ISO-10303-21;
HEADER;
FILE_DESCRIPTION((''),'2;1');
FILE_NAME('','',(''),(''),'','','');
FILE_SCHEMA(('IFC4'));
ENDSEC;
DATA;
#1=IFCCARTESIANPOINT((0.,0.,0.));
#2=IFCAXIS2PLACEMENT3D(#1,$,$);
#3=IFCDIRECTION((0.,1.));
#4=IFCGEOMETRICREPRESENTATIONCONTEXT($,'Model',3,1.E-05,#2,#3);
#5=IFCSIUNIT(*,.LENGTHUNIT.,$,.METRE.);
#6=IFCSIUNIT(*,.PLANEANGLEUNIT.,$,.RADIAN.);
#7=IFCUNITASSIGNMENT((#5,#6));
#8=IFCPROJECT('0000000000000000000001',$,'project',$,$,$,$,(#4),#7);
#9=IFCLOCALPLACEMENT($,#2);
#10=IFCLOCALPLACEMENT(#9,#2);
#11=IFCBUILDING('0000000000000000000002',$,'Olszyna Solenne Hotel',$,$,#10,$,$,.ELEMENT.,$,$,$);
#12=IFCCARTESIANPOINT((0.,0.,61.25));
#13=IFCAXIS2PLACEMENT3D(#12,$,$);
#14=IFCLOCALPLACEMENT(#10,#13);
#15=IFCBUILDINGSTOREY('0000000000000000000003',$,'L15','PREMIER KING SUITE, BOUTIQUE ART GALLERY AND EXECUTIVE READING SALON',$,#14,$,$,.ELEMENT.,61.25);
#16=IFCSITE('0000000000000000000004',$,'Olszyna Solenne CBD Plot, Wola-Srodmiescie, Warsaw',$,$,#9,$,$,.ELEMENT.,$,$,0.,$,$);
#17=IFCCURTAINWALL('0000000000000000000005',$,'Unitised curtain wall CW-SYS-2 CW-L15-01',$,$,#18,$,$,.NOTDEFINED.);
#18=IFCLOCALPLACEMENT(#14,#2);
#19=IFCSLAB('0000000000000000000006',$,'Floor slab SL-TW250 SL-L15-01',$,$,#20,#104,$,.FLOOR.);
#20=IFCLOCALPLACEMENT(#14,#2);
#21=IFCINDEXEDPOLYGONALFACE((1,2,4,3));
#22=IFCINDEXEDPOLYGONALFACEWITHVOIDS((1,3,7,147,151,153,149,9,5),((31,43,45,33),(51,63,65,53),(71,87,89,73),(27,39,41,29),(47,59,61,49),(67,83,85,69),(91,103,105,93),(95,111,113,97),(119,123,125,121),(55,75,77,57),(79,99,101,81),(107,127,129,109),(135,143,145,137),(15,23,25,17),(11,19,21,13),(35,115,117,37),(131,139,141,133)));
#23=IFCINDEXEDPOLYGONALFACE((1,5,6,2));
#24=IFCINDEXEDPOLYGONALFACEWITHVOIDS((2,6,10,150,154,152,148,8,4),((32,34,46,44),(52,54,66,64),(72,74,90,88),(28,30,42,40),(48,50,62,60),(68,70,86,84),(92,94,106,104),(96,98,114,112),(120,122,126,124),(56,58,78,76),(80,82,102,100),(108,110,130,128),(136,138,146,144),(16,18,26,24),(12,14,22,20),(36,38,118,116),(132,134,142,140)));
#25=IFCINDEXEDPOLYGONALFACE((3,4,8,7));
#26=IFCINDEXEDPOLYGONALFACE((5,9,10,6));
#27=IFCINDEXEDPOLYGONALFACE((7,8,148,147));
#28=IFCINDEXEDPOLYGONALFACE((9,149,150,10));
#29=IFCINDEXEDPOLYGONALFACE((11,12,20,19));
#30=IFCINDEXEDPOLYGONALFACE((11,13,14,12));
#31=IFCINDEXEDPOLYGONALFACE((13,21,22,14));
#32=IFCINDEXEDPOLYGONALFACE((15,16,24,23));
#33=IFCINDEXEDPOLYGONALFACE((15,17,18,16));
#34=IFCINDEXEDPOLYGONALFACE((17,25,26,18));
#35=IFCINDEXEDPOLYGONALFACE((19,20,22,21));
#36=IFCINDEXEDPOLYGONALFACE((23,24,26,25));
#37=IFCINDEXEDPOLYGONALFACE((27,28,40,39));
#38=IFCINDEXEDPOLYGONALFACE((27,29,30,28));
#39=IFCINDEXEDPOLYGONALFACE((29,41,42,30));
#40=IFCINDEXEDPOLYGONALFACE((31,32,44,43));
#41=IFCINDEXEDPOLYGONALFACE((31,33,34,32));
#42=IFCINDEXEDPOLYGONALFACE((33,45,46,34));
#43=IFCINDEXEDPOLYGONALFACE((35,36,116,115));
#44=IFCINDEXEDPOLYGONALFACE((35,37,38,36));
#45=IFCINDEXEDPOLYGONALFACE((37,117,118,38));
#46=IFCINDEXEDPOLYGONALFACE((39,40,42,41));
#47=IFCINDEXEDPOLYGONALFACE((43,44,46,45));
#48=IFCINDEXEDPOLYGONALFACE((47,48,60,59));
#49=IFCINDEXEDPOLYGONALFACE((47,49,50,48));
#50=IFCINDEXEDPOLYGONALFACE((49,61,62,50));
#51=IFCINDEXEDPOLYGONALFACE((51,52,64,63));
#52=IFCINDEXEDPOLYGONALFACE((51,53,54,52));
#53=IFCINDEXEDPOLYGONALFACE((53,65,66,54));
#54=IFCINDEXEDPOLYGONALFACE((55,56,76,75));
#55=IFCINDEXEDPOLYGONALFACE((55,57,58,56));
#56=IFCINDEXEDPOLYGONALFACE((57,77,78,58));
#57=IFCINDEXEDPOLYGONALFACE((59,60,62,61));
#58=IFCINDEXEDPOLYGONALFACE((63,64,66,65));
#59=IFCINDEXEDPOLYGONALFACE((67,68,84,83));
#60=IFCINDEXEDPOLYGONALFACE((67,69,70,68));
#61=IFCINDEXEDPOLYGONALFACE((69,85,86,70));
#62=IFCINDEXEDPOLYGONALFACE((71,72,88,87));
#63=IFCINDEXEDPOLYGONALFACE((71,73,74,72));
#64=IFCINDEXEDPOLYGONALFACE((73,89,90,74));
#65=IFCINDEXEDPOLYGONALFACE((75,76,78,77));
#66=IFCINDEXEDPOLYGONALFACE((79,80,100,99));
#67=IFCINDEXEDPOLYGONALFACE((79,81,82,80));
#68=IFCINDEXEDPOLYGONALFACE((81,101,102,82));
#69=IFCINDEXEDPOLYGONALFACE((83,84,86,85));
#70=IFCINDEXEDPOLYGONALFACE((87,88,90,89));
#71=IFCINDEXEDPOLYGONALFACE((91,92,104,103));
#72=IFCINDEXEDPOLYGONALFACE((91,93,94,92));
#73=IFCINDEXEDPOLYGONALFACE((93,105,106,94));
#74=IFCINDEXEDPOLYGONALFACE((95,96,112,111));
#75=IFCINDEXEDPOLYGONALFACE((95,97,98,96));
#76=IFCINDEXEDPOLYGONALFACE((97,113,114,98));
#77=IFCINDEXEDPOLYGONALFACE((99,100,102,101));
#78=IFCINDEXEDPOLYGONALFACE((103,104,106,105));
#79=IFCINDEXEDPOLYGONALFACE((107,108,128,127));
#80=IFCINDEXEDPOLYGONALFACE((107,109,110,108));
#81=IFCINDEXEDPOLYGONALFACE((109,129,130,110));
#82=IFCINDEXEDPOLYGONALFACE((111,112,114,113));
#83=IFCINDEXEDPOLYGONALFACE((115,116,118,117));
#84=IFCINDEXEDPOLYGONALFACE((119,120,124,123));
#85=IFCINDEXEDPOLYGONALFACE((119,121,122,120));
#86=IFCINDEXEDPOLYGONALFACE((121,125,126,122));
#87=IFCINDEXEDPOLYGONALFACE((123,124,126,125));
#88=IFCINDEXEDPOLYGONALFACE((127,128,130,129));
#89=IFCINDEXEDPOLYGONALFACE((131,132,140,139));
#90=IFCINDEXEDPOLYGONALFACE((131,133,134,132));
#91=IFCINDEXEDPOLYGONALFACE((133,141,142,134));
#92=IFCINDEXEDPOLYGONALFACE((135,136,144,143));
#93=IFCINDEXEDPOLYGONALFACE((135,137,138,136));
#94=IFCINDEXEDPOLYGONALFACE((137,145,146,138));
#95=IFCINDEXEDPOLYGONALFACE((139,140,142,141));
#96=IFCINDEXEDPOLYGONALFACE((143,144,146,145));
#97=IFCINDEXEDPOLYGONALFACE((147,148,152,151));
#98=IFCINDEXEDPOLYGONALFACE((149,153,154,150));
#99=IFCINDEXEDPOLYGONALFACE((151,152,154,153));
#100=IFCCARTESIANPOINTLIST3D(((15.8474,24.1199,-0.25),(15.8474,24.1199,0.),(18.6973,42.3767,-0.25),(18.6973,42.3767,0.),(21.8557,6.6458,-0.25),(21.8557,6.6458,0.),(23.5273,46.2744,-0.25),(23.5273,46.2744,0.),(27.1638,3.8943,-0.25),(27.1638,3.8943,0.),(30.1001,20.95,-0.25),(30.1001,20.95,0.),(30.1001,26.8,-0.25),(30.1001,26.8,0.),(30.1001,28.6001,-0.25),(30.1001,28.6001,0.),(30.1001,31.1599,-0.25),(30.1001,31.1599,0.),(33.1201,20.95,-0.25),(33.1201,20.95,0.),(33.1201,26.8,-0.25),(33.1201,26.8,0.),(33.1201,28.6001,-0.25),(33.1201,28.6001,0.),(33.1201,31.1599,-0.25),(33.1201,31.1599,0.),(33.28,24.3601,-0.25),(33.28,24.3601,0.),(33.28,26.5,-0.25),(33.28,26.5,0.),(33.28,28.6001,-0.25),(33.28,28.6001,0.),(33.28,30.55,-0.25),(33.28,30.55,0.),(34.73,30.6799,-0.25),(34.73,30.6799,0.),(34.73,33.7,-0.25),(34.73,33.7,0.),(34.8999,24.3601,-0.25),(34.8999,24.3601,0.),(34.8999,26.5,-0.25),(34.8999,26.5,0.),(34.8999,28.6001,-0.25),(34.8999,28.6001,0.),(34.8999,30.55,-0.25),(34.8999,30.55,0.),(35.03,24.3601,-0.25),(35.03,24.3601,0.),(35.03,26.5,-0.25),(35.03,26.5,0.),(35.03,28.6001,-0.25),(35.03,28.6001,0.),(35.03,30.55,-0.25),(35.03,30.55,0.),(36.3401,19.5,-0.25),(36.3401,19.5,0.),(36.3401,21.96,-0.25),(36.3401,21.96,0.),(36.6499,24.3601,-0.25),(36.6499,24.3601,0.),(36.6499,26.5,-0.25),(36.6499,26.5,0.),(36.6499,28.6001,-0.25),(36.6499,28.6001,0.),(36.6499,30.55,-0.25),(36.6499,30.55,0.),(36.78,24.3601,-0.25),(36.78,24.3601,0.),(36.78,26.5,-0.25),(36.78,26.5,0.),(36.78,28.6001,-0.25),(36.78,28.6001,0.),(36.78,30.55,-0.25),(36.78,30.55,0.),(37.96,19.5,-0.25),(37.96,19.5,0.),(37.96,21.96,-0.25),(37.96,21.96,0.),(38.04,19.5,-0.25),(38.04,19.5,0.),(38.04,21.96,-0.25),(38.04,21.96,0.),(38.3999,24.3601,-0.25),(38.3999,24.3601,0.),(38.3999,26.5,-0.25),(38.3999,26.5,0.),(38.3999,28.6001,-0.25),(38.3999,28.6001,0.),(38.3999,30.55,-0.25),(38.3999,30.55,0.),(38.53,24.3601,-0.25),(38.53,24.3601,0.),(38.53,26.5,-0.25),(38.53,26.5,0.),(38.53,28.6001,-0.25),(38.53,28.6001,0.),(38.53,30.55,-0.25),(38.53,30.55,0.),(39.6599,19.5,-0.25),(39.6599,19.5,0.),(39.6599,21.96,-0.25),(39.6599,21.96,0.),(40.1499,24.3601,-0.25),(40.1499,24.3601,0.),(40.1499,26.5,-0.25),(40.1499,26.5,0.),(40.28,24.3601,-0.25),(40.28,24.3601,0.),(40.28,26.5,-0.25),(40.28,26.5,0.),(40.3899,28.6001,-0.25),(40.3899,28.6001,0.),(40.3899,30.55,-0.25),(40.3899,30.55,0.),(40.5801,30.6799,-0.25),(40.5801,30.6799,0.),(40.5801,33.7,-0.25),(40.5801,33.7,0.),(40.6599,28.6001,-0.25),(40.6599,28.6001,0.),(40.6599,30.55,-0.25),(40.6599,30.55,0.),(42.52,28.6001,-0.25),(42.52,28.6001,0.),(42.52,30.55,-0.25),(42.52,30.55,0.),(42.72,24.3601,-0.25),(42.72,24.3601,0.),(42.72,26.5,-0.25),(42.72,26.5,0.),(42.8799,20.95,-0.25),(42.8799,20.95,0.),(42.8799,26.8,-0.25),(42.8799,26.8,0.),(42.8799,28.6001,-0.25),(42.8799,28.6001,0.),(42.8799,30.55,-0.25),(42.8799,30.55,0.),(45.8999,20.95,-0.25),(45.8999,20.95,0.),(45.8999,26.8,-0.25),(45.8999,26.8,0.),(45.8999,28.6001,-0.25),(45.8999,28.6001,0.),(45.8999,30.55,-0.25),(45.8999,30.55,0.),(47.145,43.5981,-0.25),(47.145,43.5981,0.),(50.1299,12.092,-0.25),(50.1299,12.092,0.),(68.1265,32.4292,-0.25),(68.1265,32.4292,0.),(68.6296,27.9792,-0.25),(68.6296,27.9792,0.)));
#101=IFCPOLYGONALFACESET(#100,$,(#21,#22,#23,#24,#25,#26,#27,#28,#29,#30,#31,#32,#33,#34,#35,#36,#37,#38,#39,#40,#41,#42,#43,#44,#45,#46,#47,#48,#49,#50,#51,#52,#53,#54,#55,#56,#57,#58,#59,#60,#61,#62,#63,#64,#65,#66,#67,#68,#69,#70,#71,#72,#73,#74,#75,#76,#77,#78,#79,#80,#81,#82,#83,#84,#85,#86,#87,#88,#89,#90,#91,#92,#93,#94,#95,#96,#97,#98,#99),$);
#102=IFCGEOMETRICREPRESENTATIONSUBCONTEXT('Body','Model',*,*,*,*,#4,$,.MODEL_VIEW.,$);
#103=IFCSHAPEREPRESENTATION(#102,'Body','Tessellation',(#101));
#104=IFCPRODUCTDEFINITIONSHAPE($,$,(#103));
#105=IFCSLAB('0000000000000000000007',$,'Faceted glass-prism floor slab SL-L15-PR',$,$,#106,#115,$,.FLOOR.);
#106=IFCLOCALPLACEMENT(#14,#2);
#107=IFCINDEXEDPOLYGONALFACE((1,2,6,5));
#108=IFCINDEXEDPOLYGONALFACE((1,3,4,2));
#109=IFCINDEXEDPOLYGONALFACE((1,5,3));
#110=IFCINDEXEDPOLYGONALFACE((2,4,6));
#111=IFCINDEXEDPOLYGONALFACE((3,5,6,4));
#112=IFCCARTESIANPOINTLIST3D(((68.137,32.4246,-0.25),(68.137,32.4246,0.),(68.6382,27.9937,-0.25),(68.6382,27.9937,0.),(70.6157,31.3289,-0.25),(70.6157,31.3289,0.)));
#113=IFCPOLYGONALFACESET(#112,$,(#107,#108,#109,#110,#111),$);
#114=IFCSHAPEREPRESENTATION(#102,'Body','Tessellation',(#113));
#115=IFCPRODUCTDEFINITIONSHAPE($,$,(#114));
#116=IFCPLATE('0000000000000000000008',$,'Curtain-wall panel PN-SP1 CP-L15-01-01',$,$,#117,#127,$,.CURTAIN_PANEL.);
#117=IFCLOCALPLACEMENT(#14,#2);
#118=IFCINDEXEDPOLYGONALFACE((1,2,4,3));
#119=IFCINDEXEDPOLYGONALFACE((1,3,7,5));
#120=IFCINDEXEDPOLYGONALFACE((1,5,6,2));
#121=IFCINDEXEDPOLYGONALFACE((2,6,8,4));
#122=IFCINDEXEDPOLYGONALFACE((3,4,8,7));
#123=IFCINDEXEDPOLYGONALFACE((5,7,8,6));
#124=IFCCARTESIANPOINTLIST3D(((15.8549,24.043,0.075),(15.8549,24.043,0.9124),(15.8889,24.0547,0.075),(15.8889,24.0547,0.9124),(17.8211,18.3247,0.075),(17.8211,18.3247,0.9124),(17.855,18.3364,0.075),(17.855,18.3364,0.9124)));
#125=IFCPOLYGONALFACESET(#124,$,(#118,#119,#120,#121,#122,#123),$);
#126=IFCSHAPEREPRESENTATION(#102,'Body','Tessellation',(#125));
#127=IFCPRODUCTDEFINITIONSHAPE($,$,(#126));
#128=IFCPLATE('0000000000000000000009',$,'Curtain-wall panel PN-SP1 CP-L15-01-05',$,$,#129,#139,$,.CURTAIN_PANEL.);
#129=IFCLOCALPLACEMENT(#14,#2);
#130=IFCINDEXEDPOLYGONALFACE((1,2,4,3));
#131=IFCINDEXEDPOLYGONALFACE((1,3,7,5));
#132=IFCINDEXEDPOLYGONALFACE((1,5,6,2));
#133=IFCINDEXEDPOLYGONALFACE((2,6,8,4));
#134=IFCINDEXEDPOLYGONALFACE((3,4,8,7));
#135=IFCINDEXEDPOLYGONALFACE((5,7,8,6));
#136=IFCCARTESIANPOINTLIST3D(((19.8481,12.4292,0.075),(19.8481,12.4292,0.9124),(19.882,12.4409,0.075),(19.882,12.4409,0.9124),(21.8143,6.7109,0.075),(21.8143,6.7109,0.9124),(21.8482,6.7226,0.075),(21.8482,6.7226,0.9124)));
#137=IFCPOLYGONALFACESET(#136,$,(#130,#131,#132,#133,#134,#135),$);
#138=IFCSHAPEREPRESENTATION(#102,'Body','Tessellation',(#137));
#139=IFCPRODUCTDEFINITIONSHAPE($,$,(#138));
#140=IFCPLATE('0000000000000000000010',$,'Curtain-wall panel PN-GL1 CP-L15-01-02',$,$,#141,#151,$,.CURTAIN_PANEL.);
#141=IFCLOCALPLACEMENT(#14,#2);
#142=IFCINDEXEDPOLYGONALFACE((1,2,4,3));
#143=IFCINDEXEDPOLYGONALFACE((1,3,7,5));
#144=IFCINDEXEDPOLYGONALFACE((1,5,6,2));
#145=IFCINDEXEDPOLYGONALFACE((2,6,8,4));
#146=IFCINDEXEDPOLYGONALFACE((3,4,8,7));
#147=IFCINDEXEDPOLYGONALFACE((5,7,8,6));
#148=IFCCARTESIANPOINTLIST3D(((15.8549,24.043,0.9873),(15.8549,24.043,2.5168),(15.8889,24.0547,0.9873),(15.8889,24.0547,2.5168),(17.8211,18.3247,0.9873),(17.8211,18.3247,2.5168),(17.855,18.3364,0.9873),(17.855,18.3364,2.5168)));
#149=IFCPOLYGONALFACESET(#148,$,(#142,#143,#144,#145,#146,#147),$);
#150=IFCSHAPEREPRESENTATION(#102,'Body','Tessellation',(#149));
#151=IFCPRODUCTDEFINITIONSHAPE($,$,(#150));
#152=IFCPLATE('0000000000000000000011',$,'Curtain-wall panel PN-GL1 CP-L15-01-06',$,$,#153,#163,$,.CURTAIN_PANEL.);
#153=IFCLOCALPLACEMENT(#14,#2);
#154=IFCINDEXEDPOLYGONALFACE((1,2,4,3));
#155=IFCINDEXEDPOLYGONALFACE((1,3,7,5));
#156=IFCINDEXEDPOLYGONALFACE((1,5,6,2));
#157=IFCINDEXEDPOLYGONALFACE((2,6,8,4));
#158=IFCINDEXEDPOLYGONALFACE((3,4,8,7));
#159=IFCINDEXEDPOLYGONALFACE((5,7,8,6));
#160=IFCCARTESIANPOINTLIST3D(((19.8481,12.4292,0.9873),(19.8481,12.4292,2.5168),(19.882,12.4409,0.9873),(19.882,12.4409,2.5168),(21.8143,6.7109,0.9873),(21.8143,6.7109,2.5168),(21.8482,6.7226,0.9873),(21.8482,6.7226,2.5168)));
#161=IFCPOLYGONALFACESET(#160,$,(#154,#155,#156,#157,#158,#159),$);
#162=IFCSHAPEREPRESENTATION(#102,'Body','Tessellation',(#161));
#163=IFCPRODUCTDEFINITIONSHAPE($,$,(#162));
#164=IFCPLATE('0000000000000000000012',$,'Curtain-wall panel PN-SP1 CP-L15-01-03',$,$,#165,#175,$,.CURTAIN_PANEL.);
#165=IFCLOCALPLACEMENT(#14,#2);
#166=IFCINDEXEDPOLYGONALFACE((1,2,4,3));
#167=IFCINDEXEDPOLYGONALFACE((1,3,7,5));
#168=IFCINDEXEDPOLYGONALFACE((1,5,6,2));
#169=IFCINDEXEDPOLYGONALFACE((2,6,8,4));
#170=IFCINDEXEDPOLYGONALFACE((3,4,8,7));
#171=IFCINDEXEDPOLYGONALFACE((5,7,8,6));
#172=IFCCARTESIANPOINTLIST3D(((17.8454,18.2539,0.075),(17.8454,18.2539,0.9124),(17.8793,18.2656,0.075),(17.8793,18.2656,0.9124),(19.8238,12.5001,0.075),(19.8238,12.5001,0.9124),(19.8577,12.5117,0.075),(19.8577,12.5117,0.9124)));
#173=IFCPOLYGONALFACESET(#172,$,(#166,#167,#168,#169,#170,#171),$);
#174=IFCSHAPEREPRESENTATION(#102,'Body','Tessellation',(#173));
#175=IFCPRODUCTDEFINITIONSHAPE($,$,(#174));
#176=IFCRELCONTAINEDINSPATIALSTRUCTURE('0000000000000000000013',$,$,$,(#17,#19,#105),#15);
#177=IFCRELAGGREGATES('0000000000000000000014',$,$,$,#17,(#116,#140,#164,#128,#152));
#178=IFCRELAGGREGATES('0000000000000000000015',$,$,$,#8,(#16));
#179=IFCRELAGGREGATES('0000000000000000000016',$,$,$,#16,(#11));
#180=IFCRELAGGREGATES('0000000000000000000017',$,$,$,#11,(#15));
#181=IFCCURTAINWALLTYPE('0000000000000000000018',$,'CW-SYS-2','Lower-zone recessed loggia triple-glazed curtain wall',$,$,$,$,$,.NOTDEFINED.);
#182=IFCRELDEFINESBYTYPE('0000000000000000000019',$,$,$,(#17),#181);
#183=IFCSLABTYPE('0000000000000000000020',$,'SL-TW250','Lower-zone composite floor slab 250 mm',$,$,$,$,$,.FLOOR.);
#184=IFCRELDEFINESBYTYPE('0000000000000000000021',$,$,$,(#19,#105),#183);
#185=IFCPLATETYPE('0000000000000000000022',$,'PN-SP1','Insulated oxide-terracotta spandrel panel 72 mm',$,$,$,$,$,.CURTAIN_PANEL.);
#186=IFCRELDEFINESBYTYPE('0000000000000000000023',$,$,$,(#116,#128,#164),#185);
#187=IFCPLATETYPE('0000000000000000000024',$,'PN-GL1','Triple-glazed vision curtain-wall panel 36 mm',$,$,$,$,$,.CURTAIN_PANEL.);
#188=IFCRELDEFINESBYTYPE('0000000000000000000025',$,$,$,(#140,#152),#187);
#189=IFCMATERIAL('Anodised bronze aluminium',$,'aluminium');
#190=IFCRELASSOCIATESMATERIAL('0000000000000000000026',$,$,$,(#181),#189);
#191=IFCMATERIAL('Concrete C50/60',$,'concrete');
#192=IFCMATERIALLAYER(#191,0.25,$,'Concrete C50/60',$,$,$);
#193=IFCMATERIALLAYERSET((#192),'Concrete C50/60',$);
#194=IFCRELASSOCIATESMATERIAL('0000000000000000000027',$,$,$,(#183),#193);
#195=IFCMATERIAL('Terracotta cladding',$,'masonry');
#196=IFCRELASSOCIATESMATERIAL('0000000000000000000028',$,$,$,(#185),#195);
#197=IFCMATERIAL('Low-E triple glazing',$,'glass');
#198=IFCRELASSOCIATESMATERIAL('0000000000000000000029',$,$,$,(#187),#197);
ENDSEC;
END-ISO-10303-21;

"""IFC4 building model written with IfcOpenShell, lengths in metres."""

from ifc_helpers import new_model, si_unit, direction, frame, origin, origin_2d, place, context, subcontext, project, spatial, polyline, rectangle, outline, extrude, source, transform, mapped, material, layer, layer_set, type_object, element, aggregate, save


model = new_model("IFC4")

# Units and contexts
model_context = context("Model", 3, precision=1e-05, world=origin(), true_north=direction((0.0, 1.0)))
body_context = subcontext(model_context, "Body", "Model", "MODEL_VIEW")
ifc_project = project(units=[si_unit("LENGTHUNIT", "METRE"), si_unit("PLANEANGLEUNIT", "RADIAN")], contexts=[model_context])

# Site, building, storey
site_placement = place(None, origin())
site = spatial("IfcSite", under=ifc_project, at=site_placement, Name="Olszyna Solenne CBD Plot, Wola-Srodmiescie, Warsaw", CompositionType="ELEMENT", RefElevation=0.0)
building_placement = place(site_placement, origin())
building = spatial("IfcBuilding", under=site, at=building_placement, Name="Olszyna Solenne Hotel", CompositionType="ELEMENT")
storey_placement = place(building_placement, frame((0.0, 0.0, 61.25)))
storey = spatial("IfcBuildingStorey", under=building, at=storey_placement, Name="L15", Description="PREMIER KING SUITE, BOUTIQUE ART GALLERY AND EXECUTIVE READING SALON", CompositionType="ELEMENT", Elevation=61.25)

# Curtain wall
ifc_material_1 = material(Name="Anodised bronze aluminium", Category="aluminium")
curtain_wall_type = type_object("IfcCurtainWallType", Name="CW-SYS-2", Description="Lower-zone recessed loggia triple-glazed curtain wall", PredefinedType="NOTDEFINED", material=ifc_material_1)
curtain_wall_placement = place(storey_placement, origin())
curtain_wall = element("IfcCurtainWall", 1, at=curtain_wall_placement, inside=storey, type_object=curtain_wall_type, Name="Unitised curtain wall CW-SYS-2 CW-L15-01", PredefinedType="NOTDEFINED")

# Slabs
ifc_material_2 = material(Name="Concrete C50/60", Category="concrete")
ifc_layer_1 = layer(ifc_material_2, 0.25, Name="Concrete C50/60")
ifc_layer_set_1 = layer_set([ifc_layer_1], Name="Concrete C50/60")
slab_type_1 = type_object("IfcSlabType", Name="SL-TW250", Description="Lower-zone composite floor slab 250 mm", PredefinedType="FLOOR", material=ifc_layer_set_1)
slab_1_placement = place(storey_placement, frame((0.0, 0.0, -0.25)))
element("IfcSlab", 2, at=slab_1_placement, inside=storey, type_object=slab_type_1, Name="Floor slab SL-TW250 SL-L15-01", PredefinedType="FLOOR", context=body_context, shape_type="SweptSolid", body=[
    extrude(outline(polyline([(68.6296, 27.9792), (68.1265, 32.4292), (47.145, 43.5981), (23.5273, 46.2744), (18.6973, 42.3767), (15.8474, 24.1199), (21.8557, 6.6458), (27.1638, 3.8943), (50.1299, 12.092), (68.6296, 27.9792)]), holes=[polyline([(30.1001, 20.95), (33.1201, 20.95), (33.1201, 26.8), (30.1001, 26.8), (30.1001, 20.95)]), polyline([(42.8799, 20.95), (45.8999, 20.95), (45.8999, 26.8), (42.8799, 26.8), (42.8799, 20.95)]), polyline([(34.73, 30.6799), (40.5801, 30.6799), (40.5801, 33.7), (34.73, 33.7), (34.73, 30.6799)]), polyline([(36.3401, 19.5), (37.96, 19.5), (37.96, 21.96), (36.3401, 21.96), (36.3401, 19.5)]), polyline([(38.04, 19.5), (39.6599, 19.5), (39.6599, 21.96), (38.04, 21.96), (38.04, 19.5)]), polyline([(30.1001, 28.6001), (33.1201, 28.6001), (33.1201, 31.1599), (30.1001, 31.1599), (30.1001, 28.6001)]), polyline([(33.28, 24.3601), (34.8999, 24.3601), (34.8999, 26.5), (33.28, 26.5), (33.28, 24.3601)]), polyline([(35.03, 24.3601), (36.6499, 24.3601), (36.6499, 26.5), (35.03, 26.5), (35.03, 24.3601)]), polyline([(36.78, 24.3601), (38.3999, 24.3601), (38.3999, 26.5), (36.78, 26.5), (36.78, 24.3601)]), polyline([(38.53, 24.3601), (40.1499, 24.3601), (40.1499, 26.5), (38.53, 26.5), (38.53, 24.3601)]), polyline([(40.28, 24.3601), (42.72, 24.3601), (42.72, 26.5), (40.28, 26.5), (40.28, 24.3601)]), polyline([(33.28, 28.6001), (34.8999, 28.6001), (34.8999, 30.55), (33.28, 30.55), (33.28, 28.6001)]), polyline([(35.03, 28.6001), (36.6499, 28.6001), (36.6499, 30.55), (35.03, 30.55), (35.03, 28.6001)]), polyline([(36.78, 28.6001), (38.3999, 28.6001), (38.3999, 30.55), (36.78, 30.55), (36.78, 28.6001)]), polyline([(38.53, 28.6001), (40.3899, 28.6001), (40.3899, 30.55), (38.53, 30.55), (38.53, 28.6001)]), polyline([(40.6599, 28.6001), (42.52, 28.6001), (42.52, 30.55), (40.6599, 30.55), (40.6599, 28.6001)]), polyline([(42.8799, 28.6001), (45.8999, 28.6001), (45.8999, 30.55), (42.8799, 30.55), (42.8799, 28.6001)])]), origin(), (0.0, 0.0, 1.0), 0.25),
])
slab_2_placement = place(storey_placement, frame((0.0, 0.0, -0.25)))
element("IfcSlab", 3, at=slab_2_placement, inside=storey, type_object=slab_type_1, Name="Faceted glass-prism floor slab SL-L15-PR", PredefinedType="FLOOR", context=body_context, shape_type="SweptSolid", body=[
    extrude(outline(polyline([(68.137, 32.4246), (68.6382, 27.9937), (70.6157, 31.3289), (68.137, 32.4246)])), origin(), (0.0, 0.0, 1.0), 0.25),
])

# Plates
ifc_material_3 = material(Name="Terracotta cladding", Category="masonry")
plate_type_1 = type_object("IfcPlateType", Name="PN-SP1", Description="Insulated oxide-terracotta spandrel panel 72 mm", PredefinedType="CURTAIN_PANEL", material=ifc_material_3)
shared_shape_1 = source(origin(), body_context, "Body", "SweptSolid", [
    extrude(rectangle(XDim=6.0469, YDim=0.0359, at=origin_2d()), origin(), (0.0, 0.0, 1.0), 0.8374),
])
plate_1_placement = place(storey_placement, frame((16.855, 21.1897, 0.075), z_axis=(0.0, 0.0, 1.0), x_axis=(0.325153, -0.945661, 0.0)))
plate_1 = element("IfcPlate", 4, at=plate_1_placement, type_object=plate_type_1, Name="Curtain-wall panel PN-SP1 CP-L15-01-01", PredefinedType="CURTAIN_PANEL", context=body_context, shape_type="MappedRepresentation", body=[
    mapped(shared_shape_1, transform((0.0, 0.0, 0.0), x_axis=(1.0, 0.0, 0.0), y_axis=(0.0, 1.0, 0.0), z_axis=(0.0, 0.0, 1.0), scale=1.0)),
])
plate_2_placement = place(storey_placement, frame((20.8481, 9.5759, 0.075), z_axis=(0.0, 0.0, 1.0), x_axis=(0.325153, -0.945661, 0.0)))
plate_2 = element("IfcPlate", 5, at=plate_2_placement, type_object=plate_type_1, Name="Curtain-wall panel PN-SP1 CP-L15-01-05", PredefinedType="CURTAIN_PANEL", context=body_context, shape_type="MappedRepresentation", body=[
    mapped(shared_shape_1, transform((0.0, 0.0, 0.0), x_axis=(1.0, 0.0, 0.0), y_axis=(0.0, 1.0, 0.0), z_axis=(0.0, 0.0, 1.0), scale=1.0)),
])
ifc_material_4 = material(Name="Low-E triple glazing", Category="glass")
plate_type_2 = type_object("IfcPlateType", Name="PN-GL1", Description="Triple-glazed vision curtain-wall panel 36 mm", PredefinedType="CURTAIN_PANEL", material=ifc_material_4)
shared_shape_2 = source(origin(), body_context, "Body", "SweptSolid", [
    extrude(rectangle(XDim=6.0469, YDim=0.0359, at=origin_2d()), origin(), (0.0, 0.0, 1.0), 1.5295),
])
plate_3_placement = place(storey_placement, frame((16.855, 21.1897, 0.9873), z_axis=(0.0, 0.0, 1.0), x_axis=(0.325153, -0.945661, 0.0)))
plate_3 = element("IfcPlate", 6, at=plate_3_placement, type_object=plate_type_2, Name="Curtain-wall panel PN-GL1 CP-L15-01-02", PredefinedType="CURTAIN_PANEL", context=body_context, shape_type="MappedRepresentation", body=[
    mapped(shared_shape_2, transform((0.0, 0.0, 0.0), x_axis=(1.0, 0.0, 0.0), y_axis=(0.0, 1.0, 0.0), z_axis=(0.0, 0.0, 1.0), scale=1.0)),
])
plate_4_placement = place(storey_placement, frame((20.8481, 9.5759, 0.9873), z_axis=(0.0, 0.0, 1.0), x_axis=(0.325153, -0.945661, 0.0)))
plate_4 = element("IfcPlate", 7, at=plate_4_placement, type_object=plate_type_2, Name="Curtain-wall panel PN-GL1 CP-L15-01-06", PredefinedType="CURTAIN_PANEL", context=body_context, shape_type="MappedRepresentation", body=[
    mapped(shared_shape_2, transform((0.0, 0.0, 0.0), x_axis=(1.0, 0.0, 0.0), y_axis=(0.0, 1.0, 0.0), z_axis=(0.0, 0.0, 1.0), scale=1.0)),
])
shared_shape_3 = source(origin(), body_context, "Body", "SweptSolid", [
    extrude(rectangle(XDim=6.0845, YDim=0.0359, at=origin_2d()), origin(), (0.0, 0.0, 1.0), 0.8374),
])
plate_5_placement = place(storey_placement, frame((18.8516, 15.3828, 0.075), z_axis=(0.0, 0.0, 1.0), x_axis=(0.325153, -0.945661, 0.0)))
plate_5 = element("IfcPlate", 8, at=plate_5_placement, type_object=plate_type_1, Name="Curtain-wall panel PN-SP1 CP-L15-01-03", PredefinedType="CURTAIN_PANEL", context=body_context, shape_type="MappedRepresentation", body=[
    mapped(shared_shape_3, transform((0.0, 0.0, 0.0), x_axis=(1.0, 0.0, 0.0), y_axis=(0.0, 1.0, 0.0), z_axis=(0.0, 0.0, 1.0), scale=1.0)),
])
aggregate(curtain_wall, [plate_1, plate_3, plate_5, plate_2, plate_4])

save(model, "model.ifc")
